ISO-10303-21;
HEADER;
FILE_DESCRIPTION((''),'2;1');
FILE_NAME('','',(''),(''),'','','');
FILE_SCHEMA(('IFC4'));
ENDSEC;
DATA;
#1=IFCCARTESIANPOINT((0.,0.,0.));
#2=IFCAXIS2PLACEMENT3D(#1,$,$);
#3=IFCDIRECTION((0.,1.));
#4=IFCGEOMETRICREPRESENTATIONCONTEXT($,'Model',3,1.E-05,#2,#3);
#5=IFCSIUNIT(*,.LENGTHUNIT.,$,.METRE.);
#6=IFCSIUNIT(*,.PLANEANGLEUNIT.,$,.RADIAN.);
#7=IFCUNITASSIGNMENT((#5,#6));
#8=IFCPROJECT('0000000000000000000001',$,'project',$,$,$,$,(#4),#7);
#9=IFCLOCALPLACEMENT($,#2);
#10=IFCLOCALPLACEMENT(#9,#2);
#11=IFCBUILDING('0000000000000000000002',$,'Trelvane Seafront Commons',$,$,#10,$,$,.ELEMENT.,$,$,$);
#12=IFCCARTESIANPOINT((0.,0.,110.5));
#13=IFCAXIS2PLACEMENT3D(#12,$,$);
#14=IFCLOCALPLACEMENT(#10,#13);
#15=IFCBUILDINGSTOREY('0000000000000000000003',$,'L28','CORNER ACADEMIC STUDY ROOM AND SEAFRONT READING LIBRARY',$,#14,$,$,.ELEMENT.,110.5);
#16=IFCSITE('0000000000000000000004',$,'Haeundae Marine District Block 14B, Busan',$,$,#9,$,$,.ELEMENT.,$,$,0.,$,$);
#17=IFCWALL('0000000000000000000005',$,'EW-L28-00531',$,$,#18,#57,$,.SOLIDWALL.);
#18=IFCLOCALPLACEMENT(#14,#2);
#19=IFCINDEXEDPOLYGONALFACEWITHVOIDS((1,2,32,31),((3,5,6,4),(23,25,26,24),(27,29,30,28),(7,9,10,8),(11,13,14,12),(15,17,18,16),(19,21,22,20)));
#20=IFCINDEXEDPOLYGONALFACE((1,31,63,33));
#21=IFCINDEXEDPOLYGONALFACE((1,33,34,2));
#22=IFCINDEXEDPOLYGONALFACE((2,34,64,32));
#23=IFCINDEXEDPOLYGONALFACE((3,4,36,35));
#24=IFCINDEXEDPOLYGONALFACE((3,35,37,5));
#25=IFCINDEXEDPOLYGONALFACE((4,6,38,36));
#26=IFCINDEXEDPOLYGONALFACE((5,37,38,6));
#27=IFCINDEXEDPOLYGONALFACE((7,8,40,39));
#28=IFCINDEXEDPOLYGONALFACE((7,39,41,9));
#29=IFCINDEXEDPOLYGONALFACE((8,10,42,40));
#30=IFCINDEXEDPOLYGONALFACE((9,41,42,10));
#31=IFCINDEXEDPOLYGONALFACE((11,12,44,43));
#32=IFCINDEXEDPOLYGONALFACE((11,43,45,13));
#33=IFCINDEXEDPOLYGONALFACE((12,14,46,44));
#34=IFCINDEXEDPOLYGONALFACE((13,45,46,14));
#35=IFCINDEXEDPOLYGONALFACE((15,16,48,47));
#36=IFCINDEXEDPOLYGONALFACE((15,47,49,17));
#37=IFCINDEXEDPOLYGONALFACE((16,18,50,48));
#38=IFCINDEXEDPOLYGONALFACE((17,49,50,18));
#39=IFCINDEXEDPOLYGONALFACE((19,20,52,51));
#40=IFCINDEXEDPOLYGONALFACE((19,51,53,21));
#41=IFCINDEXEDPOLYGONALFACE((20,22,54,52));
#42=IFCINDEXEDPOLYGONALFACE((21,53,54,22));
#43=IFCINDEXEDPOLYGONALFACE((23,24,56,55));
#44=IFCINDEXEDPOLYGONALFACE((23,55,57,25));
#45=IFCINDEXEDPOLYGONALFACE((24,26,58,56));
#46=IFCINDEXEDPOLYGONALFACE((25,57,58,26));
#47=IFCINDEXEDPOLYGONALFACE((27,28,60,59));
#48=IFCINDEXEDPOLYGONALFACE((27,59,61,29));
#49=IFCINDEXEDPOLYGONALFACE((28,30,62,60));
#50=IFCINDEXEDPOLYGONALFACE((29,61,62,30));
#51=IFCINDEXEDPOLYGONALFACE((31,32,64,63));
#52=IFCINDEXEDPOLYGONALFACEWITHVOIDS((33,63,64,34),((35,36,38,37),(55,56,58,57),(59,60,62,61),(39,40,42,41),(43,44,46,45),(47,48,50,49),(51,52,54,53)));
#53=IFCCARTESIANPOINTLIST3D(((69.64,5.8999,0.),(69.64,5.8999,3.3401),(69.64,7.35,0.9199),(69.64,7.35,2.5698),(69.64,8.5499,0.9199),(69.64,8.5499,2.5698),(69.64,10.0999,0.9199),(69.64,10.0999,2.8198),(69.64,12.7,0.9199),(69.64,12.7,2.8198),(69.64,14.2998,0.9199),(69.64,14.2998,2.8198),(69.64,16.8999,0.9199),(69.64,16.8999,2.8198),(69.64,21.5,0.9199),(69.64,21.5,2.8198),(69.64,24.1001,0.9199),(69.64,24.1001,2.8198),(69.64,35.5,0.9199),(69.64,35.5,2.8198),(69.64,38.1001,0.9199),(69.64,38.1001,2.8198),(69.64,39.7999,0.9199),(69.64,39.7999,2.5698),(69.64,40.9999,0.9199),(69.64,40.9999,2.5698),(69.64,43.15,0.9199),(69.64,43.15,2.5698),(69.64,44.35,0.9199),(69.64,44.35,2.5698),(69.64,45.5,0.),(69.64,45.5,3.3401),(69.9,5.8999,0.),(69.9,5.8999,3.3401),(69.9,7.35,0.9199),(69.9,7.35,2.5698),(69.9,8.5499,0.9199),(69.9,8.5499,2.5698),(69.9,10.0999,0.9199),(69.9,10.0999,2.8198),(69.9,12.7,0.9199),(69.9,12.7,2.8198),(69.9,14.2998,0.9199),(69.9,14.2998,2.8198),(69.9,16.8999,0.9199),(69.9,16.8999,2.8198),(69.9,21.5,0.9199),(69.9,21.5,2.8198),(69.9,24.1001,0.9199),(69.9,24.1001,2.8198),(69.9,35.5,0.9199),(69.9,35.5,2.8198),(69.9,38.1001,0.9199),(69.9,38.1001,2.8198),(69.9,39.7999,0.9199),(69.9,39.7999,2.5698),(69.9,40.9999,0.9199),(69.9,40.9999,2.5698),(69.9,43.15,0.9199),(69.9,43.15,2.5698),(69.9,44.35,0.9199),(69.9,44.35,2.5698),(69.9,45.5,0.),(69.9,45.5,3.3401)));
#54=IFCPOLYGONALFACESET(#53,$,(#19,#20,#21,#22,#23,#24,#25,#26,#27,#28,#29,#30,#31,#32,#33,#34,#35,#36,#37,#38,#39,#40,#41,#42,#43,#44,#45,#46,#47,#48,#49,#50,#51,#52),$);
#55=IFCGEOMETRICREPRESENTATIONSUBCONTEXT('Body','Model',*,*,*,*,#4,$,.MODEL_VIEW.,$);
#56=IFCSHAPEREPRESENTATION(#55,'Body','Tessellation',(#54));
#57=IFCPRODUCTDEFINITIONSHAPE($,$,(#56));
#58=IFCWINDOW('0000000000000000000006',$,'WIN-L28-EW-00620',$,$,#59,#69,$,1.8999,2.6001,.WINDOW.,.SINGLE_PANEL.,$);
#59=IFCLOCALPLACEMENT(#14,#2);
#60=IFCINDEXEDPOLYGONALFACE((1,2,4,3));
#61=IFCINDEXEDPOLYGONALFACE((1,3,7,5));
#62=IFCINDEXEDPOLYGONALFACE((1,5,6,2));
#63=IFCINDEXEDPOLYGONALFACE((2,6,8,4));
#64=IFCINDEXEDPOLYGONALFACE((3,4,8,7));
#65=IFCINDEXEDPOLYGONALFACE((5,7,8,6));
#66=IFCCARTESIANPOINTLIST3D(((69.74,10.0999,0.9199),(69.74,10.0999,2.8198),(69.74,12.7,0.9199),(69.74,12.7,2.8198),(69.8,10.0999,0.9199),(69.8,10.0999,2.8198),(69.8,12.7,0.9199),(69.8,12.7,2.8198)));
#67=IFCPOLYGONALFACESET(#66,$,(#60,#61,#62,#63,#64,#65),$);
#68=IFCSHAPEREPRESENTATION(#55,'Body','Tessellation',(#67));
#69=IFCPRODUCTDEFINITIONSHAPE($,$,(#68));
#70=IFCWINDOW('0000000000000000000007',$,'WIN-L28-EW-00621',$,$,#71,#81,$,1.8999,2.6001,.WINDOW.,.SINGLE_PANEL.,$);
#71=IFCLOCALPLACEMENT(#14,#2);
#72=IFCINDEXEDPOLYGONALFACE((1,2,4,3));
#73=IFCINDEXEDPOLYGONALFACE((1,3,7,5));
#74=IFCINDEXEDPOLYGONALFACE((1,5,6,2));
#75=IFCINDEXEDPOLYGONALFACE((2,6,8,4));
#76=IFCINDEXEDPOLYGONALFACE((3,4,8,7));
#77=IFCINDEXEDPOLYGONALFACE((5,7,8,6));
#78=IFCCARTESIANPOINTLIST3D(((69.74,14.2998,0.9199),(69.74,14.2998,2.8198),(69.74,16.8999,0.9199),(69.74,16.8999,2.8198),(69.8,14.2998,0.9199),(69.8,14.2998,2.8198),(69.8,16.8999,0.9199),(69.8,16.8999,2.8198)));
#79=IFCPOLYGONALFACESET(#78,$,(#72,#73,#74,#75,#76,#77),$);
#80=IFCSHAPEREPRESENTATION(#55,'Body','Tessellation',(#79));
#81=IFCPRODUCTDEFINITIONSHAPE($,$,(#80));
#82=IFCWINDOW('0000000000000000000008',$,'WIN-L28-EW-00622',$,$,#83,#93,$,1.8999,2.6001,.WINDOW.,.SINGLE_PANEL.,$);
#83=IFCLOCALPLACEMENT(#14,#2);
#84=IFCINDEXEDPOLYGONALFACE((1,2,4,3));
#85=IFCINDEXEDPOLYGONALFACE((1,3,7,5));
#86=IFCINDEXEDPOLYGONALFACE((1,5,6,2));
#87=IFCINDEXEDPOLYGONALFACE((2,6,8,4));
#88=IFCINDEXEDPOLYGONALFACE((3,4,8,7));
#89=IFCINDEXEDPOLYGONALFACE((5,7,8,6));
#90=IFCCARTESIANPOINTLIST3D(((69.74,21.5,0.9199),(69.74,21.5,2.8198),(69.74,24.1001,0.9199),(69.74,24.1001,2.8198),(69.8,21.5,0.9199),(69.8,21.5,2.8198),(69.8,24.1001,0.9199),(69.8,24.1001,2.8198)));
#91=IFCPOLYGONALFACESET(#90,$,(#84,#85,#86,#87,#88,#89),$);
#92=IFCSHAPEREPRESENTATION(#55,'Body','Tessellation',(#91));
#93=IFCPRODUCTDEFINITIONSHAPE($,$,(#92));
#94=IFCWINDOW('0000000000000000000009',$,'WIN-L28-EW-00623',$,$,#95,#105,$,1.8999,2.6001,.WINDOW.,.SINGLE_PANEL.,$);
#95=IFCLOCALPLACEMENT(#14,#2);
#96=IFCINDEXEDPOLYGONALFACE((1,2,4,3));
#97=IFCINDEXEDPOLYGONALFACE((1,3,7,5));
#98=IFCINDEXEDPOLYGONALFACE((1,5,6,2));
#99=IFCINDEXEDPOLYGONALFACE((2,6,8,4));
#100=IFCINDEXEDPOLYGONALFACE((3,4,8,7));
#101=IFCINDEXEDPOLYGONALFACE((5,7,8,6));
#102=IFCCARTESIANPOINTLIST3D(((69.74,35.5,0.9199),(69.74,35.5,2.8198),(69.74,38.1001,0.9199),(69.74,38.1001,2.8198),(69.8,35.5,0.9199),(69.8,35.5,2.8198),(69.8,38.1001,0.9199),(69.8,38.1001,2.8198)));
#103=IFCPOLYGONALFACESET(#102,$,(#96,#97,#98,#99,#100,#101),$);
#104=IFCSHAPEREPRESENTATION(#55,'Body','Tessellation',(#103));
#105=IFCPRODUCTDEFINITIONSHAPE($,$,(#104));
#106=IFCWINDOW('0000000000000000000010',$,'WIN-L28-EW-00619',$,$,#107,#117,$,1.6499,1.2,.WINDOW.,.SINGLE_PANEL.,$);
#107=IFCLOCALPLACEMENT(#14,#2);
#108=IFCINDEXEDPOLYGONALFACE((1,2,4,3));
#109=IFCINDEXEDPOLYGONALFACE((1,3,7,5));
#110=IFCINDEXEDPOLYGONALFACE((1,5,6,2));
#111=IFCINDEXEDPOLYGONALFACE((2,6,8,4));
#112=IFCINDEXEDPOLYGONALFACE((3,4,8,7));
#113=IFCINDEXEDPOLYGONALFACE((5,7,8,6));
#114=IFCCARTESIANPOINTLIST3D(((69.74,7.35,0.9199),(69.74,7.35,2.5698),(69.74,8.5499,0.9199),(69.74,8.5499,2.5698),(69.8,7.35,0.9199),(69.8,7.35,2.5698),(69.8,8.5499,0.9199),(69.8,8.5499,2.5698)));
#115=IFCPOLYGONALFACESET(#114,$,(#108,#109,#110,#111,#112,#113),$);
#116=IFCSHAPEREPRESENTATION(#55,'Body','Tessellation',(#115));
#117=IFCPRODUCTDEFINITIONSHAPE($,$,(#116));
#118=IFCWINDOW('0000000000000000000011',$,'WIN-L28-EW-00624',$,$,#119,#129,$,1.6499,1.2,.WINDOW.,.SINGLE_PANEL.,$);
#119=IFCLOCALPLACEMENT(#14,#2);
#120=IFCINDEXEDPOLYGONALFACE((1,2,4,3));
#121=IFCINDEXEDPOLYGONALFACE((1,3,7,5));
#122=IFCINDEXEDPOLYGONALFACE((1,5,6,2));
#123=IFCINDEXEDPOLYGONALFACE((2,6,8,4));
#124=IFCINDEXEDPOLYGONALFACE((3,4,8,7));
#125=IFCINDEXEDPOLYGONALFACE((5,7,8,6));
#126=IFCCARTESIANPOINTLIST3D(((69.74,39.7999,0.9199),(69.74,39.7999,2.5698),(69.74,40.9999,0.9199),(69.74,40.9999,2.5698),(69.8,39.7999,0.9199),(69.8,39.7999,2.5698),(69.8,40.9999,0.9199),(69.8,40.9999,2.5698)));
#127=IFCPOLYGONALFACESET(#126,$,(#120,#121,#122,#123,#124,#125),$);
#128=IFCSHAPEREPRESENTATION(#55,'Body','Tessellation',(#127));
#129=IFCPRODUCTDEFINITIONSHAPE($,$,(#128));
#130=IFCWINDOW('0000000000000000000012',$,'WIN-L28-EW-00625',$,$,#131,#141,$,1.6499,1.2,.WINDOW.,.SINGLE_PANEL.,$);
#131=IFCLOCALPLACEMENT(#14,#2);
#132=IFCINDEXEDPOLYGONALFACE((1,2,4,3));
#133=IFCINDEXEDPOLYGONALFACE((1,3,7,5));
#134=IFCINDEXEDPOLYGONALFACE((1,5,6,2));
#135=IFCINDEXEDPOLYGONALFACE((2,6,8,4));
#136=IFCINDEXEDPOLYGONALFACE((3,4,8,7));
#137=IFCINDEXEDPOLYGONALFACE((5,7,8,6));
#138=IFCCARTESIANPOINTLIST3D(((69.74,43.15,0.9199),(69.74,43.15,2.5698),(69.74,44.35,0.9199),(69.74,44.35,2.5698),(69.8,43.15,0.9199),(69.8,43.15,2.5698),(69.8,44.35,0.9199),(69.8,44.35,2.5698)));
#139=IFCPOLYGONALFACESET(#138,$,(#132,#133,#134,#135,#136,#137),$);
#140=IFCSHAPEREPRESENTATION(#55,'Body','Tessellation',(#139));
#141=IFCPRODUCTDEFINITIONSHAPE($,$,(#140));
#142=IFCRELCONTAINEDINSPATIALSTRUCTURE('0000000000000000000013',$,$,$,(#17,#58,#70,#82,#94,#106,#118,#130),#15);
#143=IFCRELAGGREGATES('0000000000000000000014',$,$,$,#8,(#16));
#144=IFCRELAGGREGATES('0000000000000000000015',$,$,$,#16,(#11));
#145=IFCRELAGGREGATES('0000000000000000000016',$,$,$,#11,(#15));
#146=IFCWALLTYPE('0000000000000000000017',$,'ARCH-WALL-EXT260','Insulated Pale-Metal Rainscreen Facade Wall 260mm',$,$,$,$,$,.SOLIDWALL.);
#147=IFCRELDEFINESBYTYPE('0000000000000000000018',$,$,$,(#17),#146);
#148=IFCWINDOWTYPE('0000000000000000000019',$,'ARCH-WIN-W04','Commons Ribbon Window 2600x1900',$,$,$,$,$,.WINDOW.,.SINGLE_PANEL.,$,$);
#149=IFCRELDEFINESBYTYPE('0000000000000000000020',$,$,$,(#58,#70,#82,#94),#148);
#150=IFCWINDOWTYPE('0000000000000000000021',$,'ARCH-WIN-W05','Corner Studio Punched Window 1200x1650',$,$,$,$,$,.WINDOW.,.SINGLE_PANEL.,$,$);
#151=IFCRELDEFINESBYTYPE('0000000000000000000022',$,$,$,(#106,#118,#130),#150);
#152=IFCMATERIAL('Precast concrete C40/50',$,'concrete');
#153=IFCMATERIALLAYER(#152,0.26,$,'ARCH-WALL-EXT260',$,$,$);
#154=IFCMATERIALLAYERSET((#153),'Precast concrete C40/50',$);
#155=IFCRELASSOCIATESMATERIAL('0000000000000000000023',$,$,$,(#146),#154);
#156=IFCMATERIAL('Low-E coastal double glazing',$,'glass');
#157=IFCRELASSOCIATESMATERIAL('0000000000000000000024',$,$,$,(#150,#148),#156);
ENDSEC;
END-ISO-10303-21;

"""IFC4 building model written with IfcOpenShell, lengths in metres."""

from ifc_helpers import new_model, si_unit, direction, frame, frame_2d, origin, place, context, subcontext, project, spatial, rectangle, extrude, source, transform, mapped, material, layer, layer_set, type_object, element, fill, save


model = new_model("IFC4")

# Units and contexts
model_context = context("Model", 3, precision=1e-05, world=origin(), true_north=direction((0.0, 1.0)))
body_context = subcontext(model_context, "Body", "Model", "MODEL_VIEW")
ifc_project = project(units=[si_unit("LENGTHUNIT", "METRE"), si_unit("PLANEANGLEUNIT", "RADIAN")], contexts=[model_context])

# Site, building, storey
site_placement = place(None, origin())
site = spatial("IfcSite", under=ifc_project, at=site_placement, Name="Haeundae Marine District Block 14B, Busan", CompositionType="ELEMENT", RefElevation=0.0)
building_placement = place(site_placement, origin())
building = spatial("IfcBuilding", under=site, at=building_placement, Name="Trelvane Seafront Commons", CompositionType="ELEMENT")
storey_placement = place(building_placement, frame((0.0, 0.0, 110.5)))
storey = spatial("IfcBuildingStorey", under=building, at=storey_placement, Name="L28", Description="CORNER ACADEMIC STUDY ROOM AND SEAFRONT READING LIBRARY", CompositionType="ELEMENT", Elevation=110.5)

# Shared definitions
ifc_material_1 = material(Name="Low-E coastal double glazing", Category="glass")

# Shared definitions
ifc_material_2 = material(Name="Precast concrete C40/50", Category="concrete")
ifc_layer_1 = layer(ifc_material_2, 0.26, Name="ARCH-WALL-EXT260")
ifc_layer_set_1 = layer_set([ifc_layer_1], Name="Precast concrete C40/50")
wall_type = type_object("IfcWallType", Name="ARCH-WALL-EXT260", Description="Insulated Pale-Metal Rainscreen Facade Wall 260mm", PredefinedType="SOLIDWALL", material=ifc_layer_set_1)
window_type_1 = type_object("IfcWindowType", Name="ARCH-WIN-W05", Description="Corner Studio Punched Window 1200x1650", PartitioningType="SINGLE_PANEL", PredefinedType="WINDOW", material=ifc_material_1)
shared_shape_1 = source(origin(), body_context, "Body", "SweptSolid", [
    extrude(rectangle(XDim=1.2, YDim=1.6499, at=frame_2d((0.6001, 0.825))), frame((0.0, 0.03, 0.0), z_axis=(0.0, -1.0, 0.0), x_axis=(1.0, 0.0, 0.0)), (0.0, 0.0, 1.0), 0.0601),
])

# Wall, openings, windows
wall_1_placement = place(storey_placement, frame((69.77, 45.5, 0.0), z_axis=(0.0, 0.0, 1.0), x_axis=(0.0, -1.0, 0.0)))
wall_1 = element("IfcWall", 1, at=wall_1_placement, inside=storey, type_object=wall_type, Name="EW-L28-00531", PredefinedType="SOLIDWALL", context=body_context, shape_type="SweptSolid", body=[
    extrude(rectangle(XDim=39.6001, YDim=0.26, at=frame_2d((19.8, 0.0))), origin(), (0.0, 0.0, 1.0), 3.3401),
])
opening_1_placement = place(wall_1_placement, frame((36.95, 0.0, 0.9199)))
opening_1 = element("IfcOpeningElement", 2, at=opening_1_placement, cuts=wall_1, PredefinedType="OPENING", context=body_context, shape_type="SweptSolid", body=[
    extrude(rectangle(XDim=1.2, YDim=1.6499, at=frame_2d((0.6001, 0.825))), frame((0.0, 0.1399, 0.0), z_axis=(0.0, -1.0, 0.0), x_axis=(1.0, 0.0, 0.0)), (0.0, 0.0, 1.0), 0.28),
])
opening_2_placement = place(wall_1_placement, frame((32.8, 0.0, 0.9199)))
opening_2 = element("IfcOpeningElement", 3, at=opening_2_placement, cuts=wall_1, PredefinedType="OPENING", context=body_context, shape_type="SweptSolid", body=[
    extrude(rectangle(XDim=2.6001, YDim=1.8999, at=frame_2d((1.3, 0.95))), frame((0.0, 0.1399, 0.0), z_axis=(0.0, -1.0, 0.0), x_axis=(1.0, 0.0, 0.0)), (0.0, 0.0, 1.0), 0.28),
])
opening_3_placement = place(wall_1_placement, frame((28.6001, 0.0, 0.9199)))
opening_3 = element("IfcOpeningElement", 4, at=opening_3_placement, cuts=wall_1, PredefinedType="OPENING", context=body_context, shape_type="SweptSolid", body=[
    extrude(rectangle(XDim=2.6001, YDim=1.8999, at=frame_2d((1.3, 0.95))), frame((0.0, 0.1399, 0.0), z_axis=(0.0, -1.0, 0.0), x_axis=(1.0, 0.0, 0.0)), (0.0, 0.0, 1.0), 0.28),
])
opening_4_placement = place(wall_1_placement, frame((21.3999, 0.0, 0.9199)))
opening_4 = element("IfcOpeningElement", 5, at=opening_4_placement, cuts=wall_1, PredefinedType="OPENING", context=body_context, shape_type="SweptSolid", body=[
    extrude(rectangle(XDim=2.6001, YDim=1.8999, at=frame_2d((1.3, 0.95))), frame((0.0, 0.1399, 0.0), z_axis=(0.0, -1.0, 0.0), x_axis=(1.0, 0.0, 0.0)), (0.0, 0.0, 1.0), 0.28),
])
opening_5_placement = place(wall_1_placement, frame((7.3999, 0.0, 0.9199)))
opening_5 = element("IfcOpeningElement", 6, at=opening_5_placement, cuts=wall_1, PredefinedType="OPENING", context=body_context, shape_type="SweptSolid", body=[
    extrude(rectangle(XDim=2.6001, YDim=1.8999, at=frame_2d((1.3, 0.95))), frame((0.0, 0.1399, 0.0), z_axis=(0.0, -1.0, 0.0), x_axis=(1.0, 0.0, 0.0)), (0.0, 0.0, 1.0), 0.28),
])
opening_6_placement = place(wall_1_placement, frame((4.5, 0.0, 0.9199)))
opening_6 = element("IfcOpeningElement", 7, at=opening_6_placement, cuts=wall_1, PredefinedType="OPENING", context=body_context, shape_type="SweptSolid", body=[
    extrude(rectangle(XDim=1.2, YDim=1.6499, at=frame_2d((0.6001, 0.825))), frame((0.0, 0.1399, 0.0), z_axis=(0.0, -1.0, 0.0), x_axis=(1.0, 0.0, 0.0)), (0.0, 0.0, 1.0), 0.28),
])
opening_7_placement = place(wall_1_placement, frame((1.1499, 0.0, 0.9199)))
opening_7 = element("IfcOpeningElement", 8, at=opening_7_placement, cuts=wall_1, PredefinedType="OPENING", context=body_context, shape_type="SweptSolid", body=[
    extrude(rectangle(XDim=1.2, YDim=1.6499, at=frame_2d((0.6001, 0.825))), frame((0.0, 0.1399, 0.0), z_axis=(0.0, -1.0, 0.0), x_axis=(1.0, 0.0, 0.0)), (0.0, 0.0, 1.0), 0.28),
])
window_type_2 = type_object("IfcWindowType", Name="ARCH-WIN-W04", Description="Commons Ribbon Window 2600x1900", PartitioningType="SINGLE_PANEL", PredefinedType="WINDOW", material=ifc_material_1)
shared_shape_2 = source(origin(), body_context, "Body", "SweptSolid", [
    extrude(rectangle(XDim=2.6001, YDim=1.8999, at=frame_2d((1.3, 0.95))), frame((0.0, 0.03, 0.0), z_axis=(0.0, -1.0, 0.0), x_axis=(1.0, 0.0, 0.0)), (0.0, 0.0, 1.0), 0.0601),
])
window_1_placement = place(opening_2_placement, origin())
window_1 = element("IfcWindow", 9, at=window_1_placement, inside=storey, type_object=window_type_2, Name="WIN-L28-EW-00620", OverallHeight=1.8999, OverallWidth=2.6001, PartitioningType="SINGLE_PANEL", PredefinedType="WINDOW", context=body_context, shape_type="MappedRepresentation", body=[
    mapped(shared_shape_2, transform((0.0, 0.0, 0.0), x_axis=(1.0, 0.0, 0.0), y_axis=(0.0, 1.0, 0.0), z_axis=(0.0, 0.0, 1.0), scale=1.0)),
])
fill(opening_2, window_1)
window_2_placement = place(opening_3_placement, origin())
window_2 = element("IfcWindow", 10, at=window_2_placement, inside=storey, type_object=window_type_2, Name="WIN-L28-EW-00621", OverallHeight=1.8999, OverallWidth=2.6001, PartitioningType="SINGLE_PANEL", PredefinedType="WINDOW", context=body_context, shape_type="MappedRepresentation", body=[
    mapped(shared_shape_2, transform((0.0, 0.0, 0.0), x_axis=(1.0, 0.0, 0.0), y_axis=(0.0, 1.0, 0.0), z_axis=(0.0, 0.0, 1.0), scale=1.0)),
])
fill(opening_3, window_2)
window_3_placement = place(opening_4_placement, origin())
window_3 = element("IfcWindow", 11, at=window_3_placement, inside=storey, type_object=window_type_2, Name="WIN-L28-EW-00622", OverallHeight=1.8999, OverallWidth=2.6001, PartitioningType="SINGLE_PANEL", PredefinedType="WINDOW", context=body_context, shape_type="MappedRepresentation", body=[
    mapped(shared_shape_2, transform((0.0, 0.0, 0.0), x_axis=(1.0, 0.0, 0.0), y_axis=(0.0, 1.0, 0.0), z_axis=(0.0, 0.0, 1.0), scale=1.0)),
])
fill(opening_4, window_3)
window_4_placement = place(opening_5_placement, origin())
window_4 = element("IfcWindow", 12, at=window_4_placement, inside=storey, type_object=window_type_2, Name="WIN-L28-EW-00623", OverallHeight=1.8999, OverallWidth=2.6001, PartitioningType="SINGLE_PANEL", PredefinedType="WINDOW", context=body_context, shape_type="MappedRepresentation", body=[
    mapped(shared_shape_2, transform((0.0, 0.0, 0.0), x_axis=(1.0, 0.0, 0.0), y_axis=(0.0, 1.0, 0.0), z_axis=(0.0, 0.0, 1.0), scale=1.0)),
])
fill(opening_5, window_4)
window_5_placement = place(opening_1_placement, origin())
window_5 = element("IfcWindow", 13, at=window_5_placement, inside=storey, type_object=window_type_1, Name="WIN-L28-EW-00619", OverallHeight=1.6499, OverallWidth=1.2, PartitioningType="SINGLE_PANEL", PredefinedType="WINDOW", context=body_context, shape_type="MappedRepresentation", body=[
    mapped(shared_shape_1, transform((0.0, 0.0, 0.0), x_axis=(1.0, 0.0, 0.0), y_axis=(0.0, 1.0, 0.0), z_axis=(0.0, 0.0, 1.0), scale=1.0)),
])
fill(opening_1, window_5)
window_6_placement = place(opening_6_placement, origin())
window_6 = element("IfcWindow", 14, at=window_6_placement, inside=storey, type_object=window_type_1, Name="WIN-L28-EW-00624", OverallHeight=1.6499, OverallWidth=1.2, PartitioningType="SINGLE_PANEL", PredefinedType="WINDOW", context=body_context, shape_type="MappedRepresentation", body=[
    mapped(shared_shape_1, transform((0.0, 0.0, 0.0), x_axis=(1.0, 0.0, 0.0), y_axis=(0.0, 1.0, 0.0), z_axis=(0.0, 0.0, 1.0), scale=1.0)),
])
fill(opening_6, window_6)
window_7_placement = place(opening_7_placement, origin())
window_7 = element("IfcWindow", 15, at=window_7_placement, inside=storey, type_object=window_type_1, Name="WIN-L28-EW-00625", OverallHeight=1.6499, OverallWidth=1.2, PartitioningType="SINGLE_PANEL", PredefinedType="WINDOW", context=body_context, shape_type="MappedRepresentation", body=[
    mapped(shared_shape_1, transform((0.0, 0.0, 0.0), x_axis=(1.0, 0.0, 0.0), y_axis=(0.0, 1.0, 0.0), z_axis=(0.0, 0.0, 1.0), scale=1.0)),
])
fill(opening_7, window_7)

save(model, "model.ifc")
